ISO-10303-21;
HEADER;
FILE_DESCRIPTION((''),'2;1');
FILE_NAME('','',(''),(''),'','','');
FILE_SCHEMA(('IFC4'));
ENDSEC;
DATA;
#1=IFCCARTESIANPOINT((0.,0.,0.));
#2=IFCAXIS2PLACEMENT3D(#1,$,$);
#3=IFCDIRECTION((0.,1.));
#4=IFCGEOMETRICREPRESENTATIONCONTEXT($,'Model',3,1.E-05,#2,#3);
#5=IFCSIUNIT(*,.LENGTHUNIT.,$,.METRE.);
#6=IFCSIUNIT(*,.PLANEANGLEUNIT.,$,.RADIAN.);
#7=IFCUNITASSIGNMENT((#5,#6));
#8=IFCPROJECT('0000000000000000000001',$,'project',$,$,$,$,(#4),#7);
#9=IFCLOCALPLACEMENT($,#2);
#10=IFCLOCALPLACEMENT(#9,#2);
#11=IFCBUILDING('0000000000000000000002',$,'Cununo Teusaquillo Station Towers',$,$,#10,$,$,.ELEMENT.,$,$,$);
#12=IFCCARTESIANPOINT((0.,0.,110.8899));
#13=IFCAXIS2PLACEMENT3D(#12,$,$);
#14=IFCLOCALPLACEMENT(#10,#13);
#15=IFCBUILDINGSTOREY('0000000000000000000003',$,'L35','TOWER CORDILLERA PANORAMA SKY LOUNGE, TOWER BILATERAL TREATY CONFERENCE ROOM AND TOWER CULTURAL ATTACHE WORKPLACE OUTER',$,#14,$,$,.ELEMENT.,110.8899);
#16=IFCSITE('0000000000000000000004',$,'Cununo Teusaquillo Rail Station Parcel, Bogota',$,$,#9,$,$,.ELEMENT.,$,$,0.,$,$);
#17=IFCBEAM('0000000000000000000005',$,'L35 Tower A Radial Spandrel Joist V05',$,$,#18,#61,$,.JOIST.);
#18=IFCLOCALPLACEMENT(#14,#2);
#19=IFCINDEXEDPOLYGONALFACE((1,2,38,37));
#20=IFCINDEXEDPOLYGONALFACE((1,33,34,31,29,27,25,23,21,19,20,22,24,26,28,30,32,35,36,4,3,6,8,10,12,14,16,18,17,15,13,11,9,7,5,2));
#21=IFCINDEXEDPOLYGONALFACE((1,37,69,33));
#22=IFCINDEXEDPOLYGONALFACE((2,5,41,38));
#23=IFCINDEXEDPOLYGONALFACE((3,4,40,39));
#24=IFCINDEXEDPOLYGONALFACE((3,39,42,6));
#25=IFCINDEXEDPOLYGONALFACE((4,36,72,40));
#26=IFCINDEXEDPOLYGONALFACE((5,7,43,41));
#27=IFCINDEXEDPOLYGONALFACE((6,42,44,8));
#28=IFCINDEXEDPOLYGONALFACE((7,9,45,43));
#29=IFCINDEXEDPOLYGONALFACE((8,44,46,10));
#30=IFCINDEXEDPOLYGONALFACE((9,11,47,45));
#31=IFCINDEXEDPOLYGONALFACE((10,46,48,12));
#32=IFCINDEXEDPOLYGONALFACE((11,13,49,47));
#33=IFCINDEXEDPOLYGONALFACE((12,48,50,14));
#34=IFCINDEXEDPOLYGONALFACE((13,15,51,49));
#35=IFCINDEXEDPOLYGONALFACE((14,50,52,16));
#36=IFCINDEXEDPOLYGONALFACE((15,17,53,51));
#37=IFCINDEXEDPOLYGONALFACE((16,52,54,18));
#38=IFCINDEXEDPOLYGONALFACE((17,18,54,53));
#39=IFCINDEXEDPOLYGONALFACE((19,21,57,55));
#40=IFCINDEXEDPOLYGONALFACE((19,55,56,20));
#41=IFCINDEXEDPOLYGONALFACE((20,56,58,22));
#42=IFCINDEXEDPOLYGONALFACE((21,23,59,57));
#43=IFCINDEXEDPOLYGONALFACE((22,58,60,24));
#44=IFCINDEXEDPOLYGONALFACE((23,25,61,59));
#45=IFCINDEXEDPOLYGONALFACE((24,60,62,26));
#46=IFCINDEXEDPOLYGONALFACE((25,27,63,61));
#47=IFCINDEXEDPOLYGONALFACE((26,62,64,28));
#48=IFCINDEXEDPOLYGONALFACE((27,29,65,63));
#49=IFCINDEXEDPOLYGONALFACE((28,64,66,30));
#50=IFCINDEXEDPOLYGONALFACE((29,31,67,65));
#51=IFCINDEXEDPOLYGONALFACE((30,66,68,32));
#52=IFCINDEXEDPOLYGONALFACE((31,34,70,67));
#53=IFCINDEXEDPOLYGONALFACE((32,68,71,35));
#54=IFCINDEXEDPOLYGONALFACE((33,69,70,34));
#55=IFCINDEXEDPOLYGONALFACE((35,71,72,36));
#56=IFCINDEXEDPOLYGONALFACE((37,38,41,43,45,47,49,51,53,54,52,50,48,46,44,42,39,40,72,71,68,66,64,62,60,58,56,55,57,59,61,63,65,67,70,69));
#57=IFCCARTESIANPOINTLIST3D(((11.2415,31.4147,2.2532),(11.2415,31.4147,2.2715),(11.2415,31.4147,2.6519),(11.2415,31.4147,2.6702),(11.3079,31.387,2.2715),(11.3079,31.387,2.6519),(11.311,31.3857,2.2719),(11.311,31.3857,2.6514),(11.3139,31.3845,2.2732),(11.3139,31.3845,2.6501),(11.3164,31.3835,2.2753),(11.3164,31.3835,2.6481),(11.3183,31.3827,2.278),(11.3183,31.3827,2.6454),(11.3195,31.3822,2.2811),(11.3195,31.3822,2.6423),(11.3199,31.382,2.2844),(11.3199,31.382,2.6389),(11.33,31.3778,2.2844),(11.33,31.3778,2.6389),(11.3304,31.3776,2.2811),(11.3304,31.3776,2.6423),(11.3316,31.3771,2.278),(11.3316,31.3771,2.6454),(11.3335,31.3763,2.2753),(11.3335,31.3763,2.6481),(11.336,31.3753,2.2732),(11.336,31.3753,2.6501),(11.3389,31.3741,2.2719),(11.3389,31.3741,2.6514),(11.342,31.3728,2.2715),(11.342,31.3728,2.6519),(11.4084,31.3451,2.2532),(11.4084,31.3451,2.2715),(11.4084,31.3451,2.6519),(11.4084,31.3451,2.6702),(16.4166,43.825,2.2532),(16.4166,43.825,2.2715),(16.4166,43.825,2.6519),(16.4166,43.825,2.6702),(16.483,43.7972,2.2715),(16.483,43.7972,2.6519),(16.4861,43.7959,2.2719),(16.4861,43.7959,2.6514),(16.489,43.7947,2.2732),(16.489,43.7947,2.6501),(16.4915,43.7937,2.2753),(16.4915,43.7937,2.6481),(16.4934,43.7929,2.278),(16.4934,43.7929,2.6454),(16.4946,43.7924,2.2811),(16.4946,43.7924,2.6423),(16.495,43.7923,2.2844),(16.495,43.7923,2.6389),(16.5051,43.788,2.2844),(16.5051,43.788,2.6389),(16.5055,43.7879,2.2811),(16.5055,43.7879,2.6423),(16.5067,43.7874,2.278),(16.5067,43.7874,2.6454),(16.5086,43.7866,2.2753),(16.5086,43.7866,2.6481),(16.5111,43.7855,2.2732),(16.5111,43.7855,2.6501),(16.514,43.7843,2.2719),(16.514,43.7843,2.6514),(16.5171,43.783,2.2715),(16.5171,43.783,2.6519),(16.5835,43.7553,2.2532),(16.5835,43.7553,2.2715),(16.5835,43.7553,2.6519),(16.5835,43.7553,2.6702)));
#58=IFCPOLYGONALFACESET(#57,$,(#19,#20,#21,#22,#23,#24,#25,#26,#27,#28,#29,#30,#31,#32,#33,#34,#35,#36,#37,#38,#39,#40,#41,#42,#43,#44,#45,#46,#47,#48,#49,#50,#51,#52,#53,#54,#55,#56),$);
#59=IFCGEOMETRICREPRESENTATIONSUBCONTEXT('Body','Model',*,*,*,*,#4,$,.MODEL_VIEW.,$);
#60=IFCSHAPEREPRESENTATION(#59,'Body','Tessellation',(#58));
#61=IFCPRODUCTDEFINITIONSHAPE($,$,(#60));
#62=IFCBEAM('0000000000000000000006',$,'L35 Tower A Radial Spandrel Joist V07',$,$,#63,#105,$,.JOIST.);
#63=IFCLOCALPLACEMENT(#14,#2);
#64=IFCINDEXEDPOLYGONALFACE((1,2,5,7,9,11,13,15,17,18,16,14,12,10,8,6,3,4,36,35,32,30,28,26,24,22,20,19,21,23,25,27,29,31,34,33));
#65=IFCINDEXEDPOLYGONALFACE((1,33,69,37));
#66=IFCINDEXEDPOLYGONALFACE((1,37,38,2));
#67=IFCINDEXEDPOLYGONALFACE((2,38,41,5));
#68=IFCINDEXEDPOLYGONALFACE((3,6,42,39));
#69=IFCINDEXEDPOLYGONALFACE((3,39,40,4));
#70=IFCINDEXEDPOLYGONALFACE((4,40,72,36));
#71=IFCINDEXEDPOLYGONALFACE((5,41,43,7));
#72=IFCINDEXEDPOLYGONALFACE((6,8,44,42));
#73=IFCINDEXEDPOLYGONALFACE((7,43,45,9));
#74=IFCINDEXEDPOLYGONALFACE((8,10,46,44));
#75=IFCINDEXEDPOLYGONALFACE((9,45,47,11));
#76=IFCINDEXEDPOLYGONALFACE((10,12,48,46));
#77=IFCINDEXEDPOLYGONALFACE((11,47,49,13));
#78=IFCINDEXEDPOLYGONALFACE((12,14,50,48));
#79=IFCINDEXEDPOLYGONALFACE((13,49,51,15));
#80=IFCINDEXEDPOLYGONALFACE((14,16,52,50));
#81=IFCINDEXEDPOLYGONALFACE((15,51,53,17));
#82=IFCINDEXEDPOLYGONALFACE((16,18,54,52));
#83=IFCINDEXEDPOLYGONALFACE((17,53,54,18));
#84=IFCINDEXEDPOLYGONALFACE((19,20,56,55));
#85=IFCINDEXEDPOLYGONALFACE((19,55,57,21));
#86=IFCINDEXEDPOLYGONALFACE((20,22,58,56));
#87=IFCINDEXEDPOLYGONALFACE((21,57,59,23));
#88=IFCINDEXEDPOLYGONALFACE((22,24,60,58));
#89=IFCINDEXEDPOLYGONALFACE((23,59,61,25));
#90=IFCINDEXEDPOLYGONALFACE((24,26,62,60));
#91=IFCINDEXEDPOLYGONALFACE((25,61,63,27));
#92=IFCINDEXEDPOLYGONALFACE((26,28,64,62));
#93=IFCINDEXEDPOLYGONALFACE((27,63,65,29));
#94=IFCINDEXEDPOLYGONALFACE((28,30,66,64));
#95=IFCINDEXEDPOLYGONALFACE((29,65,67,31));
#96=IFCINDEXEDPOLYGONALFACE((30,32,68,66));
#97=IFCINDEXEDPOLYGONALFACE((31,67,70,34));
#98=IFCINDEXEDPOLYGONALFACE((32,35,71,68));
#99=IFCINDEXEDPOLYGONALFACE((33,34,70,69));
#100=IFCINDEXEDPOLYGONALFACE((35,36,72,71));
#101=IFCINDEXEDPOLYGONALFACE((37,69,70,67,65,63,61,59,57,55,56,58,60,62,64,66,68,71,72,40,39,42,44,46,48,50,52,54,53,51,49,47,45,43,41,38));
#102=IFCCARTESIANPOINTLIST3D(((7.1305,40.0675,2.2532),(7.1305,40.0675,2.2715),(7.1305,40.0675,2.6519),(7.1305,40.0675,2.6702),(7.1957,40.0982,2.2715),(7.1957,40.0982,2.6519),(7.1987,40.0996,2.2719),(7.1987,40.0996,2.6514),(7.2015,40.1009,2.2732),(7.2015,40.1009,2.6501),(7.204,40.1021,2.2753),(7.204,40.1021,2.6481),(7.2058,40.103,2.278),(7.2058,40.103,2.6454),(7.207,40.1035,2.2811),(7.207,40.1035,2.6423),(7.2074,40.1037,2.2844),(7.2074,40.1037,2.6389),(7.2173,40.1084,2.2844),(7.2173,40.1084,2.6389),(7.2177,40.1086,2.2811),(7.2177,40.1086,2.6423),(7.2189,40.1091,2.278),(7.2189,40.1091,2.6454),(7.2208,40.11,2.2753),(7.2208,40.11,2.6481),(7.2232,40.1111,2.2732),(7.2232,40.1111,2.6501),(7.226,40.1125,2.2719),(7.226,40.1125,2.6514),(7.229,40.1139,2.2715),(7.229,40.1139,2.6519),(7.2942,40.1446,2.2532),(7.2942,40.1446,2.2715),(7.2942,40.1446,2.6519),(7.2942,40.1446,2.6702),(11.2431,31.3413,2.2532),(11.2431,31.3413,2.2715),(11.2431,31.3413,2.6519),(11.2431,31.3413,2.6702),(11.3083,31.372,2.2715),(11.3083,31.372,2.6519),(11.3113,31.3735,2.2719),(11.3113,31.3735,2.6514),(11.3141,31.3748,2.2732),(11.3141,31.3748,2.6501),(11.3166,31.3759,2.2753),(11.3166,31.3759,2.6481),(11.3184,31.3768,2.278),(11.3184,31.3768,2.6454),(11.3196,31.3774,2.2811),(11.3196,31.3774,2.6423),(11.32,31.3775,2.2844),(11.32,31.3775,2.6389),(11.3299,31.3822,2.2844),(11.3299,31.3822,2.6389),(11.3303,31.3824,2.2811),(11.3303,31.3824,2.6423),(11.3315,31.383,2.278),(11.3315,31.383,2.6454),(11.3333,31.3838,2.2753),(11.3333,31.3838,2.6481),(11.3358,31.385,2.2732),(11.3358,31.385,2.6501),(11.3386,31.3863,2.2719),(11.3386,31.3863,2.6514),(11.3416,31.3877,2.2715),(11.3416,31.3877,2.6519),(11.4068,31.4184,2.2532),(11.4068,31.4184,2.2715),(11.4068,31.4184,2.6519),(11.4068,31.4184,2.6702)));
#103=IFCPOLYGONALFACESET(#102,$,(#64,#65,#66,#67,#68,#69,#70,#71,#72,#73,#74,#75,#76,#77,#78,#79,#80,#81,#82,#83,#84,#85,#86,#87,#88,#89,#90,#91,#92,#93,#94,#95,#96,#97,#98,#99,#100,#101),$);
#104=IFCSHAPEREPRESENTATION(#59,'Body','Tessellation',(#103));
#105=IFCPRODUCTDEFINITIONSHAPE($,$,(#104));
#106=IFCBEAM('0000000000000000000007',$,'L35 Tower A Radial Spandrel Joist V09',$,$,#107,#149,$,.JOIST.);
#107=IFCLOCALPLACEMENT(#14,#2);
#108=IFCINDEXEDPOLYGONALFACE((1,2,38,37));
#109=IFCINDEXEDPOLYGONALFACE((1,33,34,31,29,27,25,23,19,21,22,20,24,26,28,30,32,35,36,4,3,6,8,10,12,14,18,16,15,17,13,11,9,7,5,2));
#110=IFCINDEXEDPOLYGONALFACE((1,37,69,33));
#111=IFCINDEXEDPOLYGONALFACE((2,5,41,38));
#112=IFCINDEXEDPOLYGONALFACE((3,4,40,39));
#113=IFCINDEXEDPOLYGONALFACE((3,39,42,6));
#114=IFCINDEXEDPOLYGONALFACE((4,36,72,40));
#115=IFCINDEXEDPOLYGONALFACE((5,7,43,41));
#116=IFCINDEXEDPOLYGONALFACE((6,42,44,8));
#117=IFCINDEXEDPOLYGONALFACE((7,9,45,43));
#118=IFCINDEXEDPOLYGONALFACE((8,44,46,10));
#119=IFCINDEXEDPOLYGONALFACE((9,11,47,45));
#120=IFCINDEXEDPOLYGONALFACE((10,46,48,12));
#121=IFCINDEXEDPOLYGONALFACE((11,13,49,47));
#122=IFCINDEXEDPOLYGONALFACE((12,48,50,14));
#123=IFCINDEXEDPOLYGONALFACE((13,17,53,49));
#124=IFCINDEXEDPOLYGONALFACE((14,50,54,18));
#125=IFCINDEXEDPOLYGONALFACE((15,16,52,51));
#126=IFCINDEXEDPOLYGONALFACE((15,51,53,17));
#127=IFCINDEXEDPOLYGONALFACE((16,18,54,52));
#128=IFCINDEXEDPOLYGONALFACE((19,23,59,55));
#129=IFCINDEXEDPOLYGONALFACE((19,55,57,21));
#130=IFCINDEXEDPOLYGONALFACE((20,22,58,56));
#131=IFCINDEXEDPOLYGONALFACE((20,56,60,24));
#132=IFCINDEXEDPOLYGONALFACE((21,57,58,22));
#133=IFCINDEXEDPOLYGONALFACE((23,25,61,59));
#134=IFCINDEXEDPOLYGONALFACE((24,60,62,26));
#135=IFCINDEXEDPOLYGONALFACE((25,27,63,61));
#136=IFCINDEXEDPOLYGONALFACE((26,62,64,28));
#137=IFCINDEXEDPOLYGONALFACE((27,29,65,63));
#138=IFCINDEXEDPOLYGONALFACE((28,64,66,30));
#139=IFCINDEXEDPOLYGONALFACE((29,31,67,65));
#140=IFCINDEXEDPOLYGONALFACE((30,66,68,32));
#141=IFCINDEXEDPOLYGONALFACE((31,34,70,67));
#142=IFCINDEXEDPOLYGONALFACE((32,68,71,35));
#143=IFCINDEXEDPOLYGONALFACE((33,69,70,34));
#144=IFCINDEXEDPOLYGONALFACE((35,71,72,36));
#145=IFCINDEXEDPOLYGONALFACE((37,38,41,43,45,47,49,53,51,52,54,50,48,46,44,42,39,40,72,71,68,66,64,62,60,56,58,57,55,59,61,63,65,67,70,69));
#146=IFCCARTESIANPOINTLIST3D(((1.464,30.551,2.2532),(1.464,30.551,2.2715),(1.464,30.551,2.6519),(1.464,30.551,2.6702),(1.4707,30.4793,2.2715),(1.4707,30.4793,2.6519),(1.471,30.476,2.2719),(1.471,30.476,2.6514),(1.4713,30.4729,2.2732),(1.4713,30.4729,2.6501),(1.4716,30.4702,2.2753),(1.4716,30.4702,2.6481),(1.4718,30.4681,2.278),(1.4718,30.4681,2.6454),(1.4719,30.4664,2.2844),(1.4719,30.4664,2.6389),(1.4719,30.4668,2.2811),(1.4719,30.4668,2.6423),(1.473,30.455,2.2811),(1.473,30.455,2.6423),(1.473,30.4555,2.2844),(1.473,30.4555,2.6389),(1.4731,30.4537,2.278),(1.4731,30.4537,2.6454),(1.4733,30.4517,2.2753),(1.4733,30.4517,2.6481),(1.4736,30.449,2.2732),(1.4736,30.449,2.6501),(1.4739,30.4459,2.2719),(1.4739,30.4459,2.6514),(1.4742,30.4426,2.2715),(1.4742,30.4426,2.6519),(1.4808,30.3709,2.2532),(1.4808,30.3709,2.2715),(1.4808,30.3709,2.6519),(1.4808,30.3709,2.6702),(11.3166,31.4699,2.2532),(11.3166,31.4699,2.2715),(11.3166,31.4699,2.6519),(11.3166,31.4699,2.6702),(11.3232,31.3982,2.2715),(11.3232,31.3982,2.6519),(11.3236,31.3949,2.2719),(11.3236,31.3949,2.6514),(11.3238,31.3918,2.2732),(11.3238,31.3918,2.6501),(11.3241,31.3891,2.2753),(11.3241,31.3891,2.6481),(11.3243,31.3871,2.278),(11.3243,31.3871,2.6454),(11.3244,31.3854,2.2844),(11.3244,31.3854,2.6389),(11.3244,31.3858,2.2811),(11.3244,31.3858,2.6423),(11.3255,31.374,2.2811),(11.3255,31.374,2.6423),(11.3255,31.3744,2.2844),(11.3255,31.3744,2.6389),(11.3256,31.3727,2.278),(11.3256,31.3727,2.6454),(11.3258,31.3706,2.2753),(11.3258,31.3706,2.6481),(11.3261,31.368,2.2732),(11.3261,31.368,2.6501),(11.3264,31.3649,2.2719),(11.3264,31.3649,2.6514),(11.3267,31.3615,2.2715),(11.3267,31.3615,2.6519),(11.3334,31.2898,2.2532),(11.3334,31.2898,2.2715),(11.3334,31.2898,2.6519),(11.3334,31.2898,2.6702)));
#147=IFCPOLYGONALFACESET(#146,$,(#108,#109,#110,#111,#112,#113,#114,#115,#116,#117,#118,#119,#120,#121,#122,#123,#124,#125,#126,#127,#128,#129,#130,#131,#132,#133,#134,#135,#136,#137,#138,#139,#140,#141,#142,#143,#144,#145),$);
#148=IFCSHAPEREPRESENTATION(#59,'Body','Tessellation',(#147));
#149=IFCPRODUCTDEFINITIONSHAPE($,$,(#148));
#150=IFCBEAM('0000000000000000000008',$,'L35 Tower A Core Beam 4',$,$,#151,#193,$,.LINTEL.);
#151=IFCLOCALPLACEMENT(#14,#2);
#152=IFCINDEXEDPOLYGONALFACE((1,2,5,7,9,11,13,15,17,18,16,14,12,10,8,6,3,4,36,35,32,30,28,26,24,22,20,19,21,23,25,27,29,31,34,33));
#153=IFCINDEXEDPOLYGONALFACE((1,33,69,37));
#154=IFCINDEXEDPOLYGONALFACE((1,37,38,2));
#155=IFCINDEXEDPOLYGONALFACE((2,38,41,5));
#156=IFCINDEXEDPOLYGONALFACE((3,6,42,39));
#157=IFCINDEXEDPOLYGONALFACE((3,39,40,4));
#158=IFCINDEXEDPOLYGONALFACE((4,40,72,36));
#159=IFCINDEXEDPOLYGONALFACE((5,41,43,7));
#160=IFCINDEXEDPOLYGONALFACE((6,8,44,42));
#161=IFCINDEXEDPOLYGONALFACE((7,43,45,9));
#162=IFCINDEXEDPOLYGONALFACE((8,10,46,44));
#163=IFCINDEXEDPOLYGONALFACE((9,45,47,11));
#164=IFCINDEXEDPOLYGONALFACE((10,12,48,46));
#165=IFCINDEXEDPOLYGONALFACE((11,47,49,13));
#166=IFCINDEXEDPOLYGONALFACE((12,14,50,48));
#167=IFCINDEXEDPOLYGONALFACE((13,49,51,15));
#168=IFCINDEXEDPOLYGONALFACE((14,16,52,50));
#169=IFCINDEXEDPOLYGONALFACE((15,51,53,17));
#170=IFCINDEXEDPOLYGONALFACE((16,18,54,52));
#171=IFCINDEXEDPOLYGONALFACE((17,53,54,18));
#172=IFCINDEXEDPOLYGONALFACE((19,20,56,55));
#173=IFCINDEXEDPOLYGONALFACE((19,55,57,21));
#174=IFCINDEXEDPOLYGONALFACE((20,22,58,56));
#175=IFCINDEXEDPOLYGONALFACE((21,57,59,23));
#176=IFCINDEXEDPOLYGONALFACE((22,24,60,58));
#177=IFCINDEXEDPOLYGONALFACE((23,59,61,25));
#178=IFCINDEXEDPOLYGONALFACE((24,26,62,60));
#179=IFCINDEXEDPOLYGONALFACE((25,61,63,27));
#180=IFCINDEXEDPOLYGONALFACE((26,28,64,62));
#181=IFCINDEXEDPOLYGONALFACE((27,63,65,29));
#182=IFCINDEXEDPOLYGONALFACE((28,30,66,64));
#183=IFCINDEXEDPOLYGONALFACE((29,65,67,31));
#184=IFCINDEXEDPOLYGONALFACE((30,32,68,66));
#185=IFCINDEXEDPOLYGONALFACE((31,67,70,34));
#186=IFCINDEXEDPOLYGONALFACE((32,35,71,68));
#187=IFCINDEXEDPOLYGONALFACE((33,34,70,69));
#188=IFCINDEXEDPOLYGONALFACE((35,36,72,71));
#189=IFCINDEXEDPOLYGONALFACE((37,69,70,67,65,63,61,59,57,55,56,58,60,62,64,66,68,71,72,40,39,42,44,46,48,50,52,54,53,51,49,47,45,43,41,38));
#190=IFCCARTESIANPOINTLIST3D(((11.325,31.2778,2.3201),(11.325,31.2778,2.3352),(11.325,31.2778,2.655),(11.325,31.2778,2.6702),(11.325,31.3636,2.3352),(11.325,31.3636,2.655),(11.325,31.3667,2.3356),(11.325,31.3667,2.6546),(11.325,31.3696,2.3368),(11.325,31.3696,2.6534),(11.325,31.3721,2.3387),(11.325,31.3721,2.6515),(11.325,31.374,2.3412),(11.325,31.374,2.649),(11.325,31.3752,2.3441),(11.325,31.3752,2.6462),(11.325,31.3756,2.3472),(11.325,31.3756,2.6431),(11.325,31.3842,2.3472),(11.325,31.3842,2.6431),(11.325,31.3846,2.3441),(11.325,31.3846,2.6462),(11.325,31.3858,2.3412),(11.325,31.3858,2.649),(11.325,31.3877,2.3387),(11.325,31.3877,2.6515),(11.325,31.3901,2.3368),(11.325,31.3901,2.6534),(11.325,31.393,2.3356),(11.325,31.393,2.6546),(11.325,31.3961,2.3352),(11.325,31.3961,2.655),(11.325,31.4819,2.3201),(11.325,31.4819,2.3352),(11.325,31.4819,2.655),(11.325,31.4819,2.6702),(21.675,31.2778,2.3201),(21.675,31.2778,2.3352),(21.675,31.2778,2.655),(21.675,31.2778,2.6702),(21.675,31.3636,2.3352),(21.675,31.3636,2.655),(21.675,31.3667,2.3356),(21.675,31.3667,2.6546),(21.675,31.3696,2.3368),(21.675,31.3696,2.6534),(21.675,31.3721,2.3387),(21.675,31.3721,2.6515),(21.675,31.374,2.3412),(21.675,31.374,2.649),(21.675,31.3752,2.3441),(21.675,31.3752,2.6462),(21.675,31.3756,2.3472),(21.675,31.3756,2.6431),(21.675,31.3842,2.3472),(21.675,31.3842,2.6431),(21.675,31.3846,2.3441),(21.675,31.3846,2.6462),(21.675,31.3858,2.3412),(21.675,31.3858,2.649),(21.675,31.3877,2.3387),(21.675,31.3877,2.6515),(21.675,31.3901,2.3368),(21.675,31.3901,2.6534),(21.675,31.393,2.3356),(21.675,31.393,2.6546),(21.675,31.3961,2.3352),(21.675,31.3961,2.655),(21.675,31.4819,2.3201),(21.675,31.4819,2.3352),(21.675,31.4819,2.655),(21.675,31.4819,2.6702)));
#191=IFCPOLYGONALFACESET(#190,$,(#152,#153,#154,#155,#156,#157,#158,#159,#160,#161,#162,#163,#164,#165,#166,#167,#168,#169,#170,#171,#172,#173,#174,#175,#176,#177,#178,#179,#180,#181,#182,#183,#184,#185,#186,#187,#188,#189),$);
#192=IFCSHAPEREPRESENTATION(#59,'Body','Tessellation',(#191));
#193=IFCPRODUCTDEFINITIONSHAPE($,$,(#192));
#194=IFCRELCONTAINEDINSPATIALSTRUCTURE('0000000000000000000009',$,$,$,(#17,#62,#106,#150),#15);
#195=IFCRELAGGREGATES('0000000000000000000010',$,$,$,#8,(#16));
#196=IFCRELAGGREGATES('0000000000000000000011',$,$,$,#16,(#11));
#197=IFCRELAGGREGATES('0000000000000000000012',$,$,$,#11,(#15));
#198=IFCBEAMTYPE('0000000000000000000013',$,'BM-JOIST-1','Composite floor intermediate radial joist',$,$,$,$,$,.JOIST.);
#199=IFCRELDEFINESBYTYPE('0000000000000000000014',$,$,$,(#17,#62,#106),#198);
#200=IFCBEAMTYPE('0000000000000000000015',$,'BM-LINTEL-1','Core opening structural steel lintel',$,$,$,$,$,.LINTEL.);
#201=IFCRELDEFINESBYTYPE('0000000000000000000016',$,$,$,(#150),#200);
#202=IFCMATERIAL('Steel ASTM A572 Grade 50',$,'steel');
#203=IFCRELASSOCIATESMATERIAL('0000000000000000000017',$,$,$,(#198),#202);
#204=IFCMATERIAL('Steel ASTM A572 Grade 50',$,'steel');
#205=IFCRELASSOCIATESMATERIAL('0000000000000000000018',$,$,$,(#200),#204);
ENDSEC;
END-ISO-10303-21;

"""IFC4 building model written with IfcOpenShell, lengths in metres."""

from ifc_helpers import new_model, si_unit, direction, frame, origin, origin_2d, place, context, subcontext, project, spatial, i_section, extrude, material, material_profile, profile_set, type_object, element, save


model = new_model("IFC4")

# Units and contexts
model_context = context("Model", 3, precision=1e-05, world=origin(), true_north=direction((0.0, 1.0)))
body_context = subcontext(model_context, "Body", "Model", "MODEL_VIEW")
ifc_project = project(units=[si_unit("LENGTHUNIT", "METRE"), si_unit("PLANEANGLEUNIT", "RADIAN")], contexts=[model_context])

# Site, building, storey
site_placement = place(None, origin())
site = spatial("IfcSite", under=ifc_project, at=site_placement, Name="Cununo Teusaquillo Rail Station Parcel, Bogota", CompositionType="ELEMENT", RefElevation=0.0)
building_placement = place(site_placement, origin())
building = spatial("IfcBuilding", under=site, at=building_placement, Name="Cununo Teusaquillo Station Towers", CompositionType="ELEMENT")
storey_placement = place(building_placement, frame((0.0, 0.0, 110.8899)))
storey = spatial("IfcBuildingStorey", under=building, at=storey_placement, Name="L35", Description="TOWER CORDILLERA PANORAMA SKY LOUNGE, TOWER BILATERAL TREATY CONFERENCE ROOM AND TOWER CULTURAL ATTACHE WORKPLACE OUTER", CompositionType="ELEMENT", Elevation=110.8899)

# Beams
ifc_material_1 = material(Name="Steel ASTM A572 Grade 50", Category="steel")
ifc_material_profile_1 = material_profile(ifc_material_1, i_section(OverallWidth=0.1809, OverallDepth=0.417, WebThickness=0.011, FlangeThickness=0.0183, FilletRadius=0.0129, at=origin_2d()), Name="W16X57")
ifc_profile_set_1 = profile_set([ifc_material_profile_1], Name="Steel ASTM A572 Grade 50")
beam_type_1 = type_object("IfcBeamType", Name="BM-JOIST-1", Description="Composite floor intermediate radial joist", PredefinedType="JOIST", material=ifc_profile_set_1)
beam_1_placement = place(storey_placement, frame((11.325, 31.3799, 2.4617), z_axis=(0.384878, 0.922967, 0.0), x_axis=(-0.922967, 0.384878, 0.0)))
element("IfcBeam", 1, at=beam_1_placement, inside=storey, type_object=beam_type_1, Name="L35 Tower A Radial Spandrel Joist V05", PredefinedType="JOIST", context=body_context, shape_type="SweptSolid", body=[
    extrude(i_section(OverallWidth=0.1809, OverallDepth=0.417, WebThickness=0.011, FlangeThickness=0.0183, FilletRadius=0.0129, at=origin_2d()), origin(), (0.0, 0.0, 1.0), 13.446),
])
beam_2_placement = place(storey_placement, frame((11.325, 31.3799, 2.4617), z_axis=(-0.42632, 0.904572, 0.0), x_axis=(-0.904572, -0.42632, 0.0)))
element("IfcBeam", 2, at=beam_2_placement, inside=storey, type_object=beam_type_1, Name="L35 Tower A Radial Spandrel Joist V07", PredefinedType="JOIST", context=body_context, shape_type="SweptSolid", body=[
    extrude(i_section(OverallWidth=0.1809, OverallDepth=0.417, WebThickness=0.011, FlangeThickness=0.0183, FilletRadius=0.0129, at=origin_2d()), origin(), (0.0, 0.0, 1.0), 9.6467),
])
beam_3_placement = place(storey_placement, frame((11.325, 31.3799, 2.4617), z_axis=(-0.995679, -0.092867, 0.0), x_axis=(0.092867, -0.995679, 0.0)))
element("IfcBeam", 3, at=beam_3_placement, inside=storey, type_object=beam_type_1, Name="L35 Tower A Radial Spandrel Joist V09", PredefinedType="JOIST", context=body_context, shape_type="SweptSolid", body=[
    extrude(i_section(OverallWidth=0.1809, OverallDepth=0.417, WebThickness=0.011, FlangeThickness=0.0183, FilletRadius=0.0129, at=origin_2d()), origin(), (0.0, 0.0, 1.0), 9.8953),
])
ifc_material_2 = material(Name="Steel ASTM A572 Grade 50", Category="steel")
ifc_material_profile_2 = material_profile(ifc_material_2, i_section(OverallWidth=0.2041, OverallDepth=0.3501, WebThickness=0.0085, FlangeThickness=0.0151, FilletRadius=0.012, at=origin_2d()), Name="W14X48")
ifc_profile_set_2 = profile_set([ifc_material_profile_2], Name="Steel ASTM A572 Grade 50")
beam_type_2 = type_object("IfcBeamType", Name="BM-LINTEL-1", Description="Core opening structural steel lintel", PredefinedType="LINTEL", material=ifc_profile_set_2)
beam_4_placement = place(storey_placement, frame((11.325, 31.3799, 2.4951), z_axis=(1.0, 0.0, 0.0), x_axis=(0.0, 1.0, 0.0)))
element("IfcBeam", 4, at=beam_4_placement, inside=storey, type_object=beam_type_2, Name="L35 Tower A Core Beam 4", PredefinedType="LINTEL", context=body_context, shape_type="SweptSolid", body=[
    extrude(i_section(OverallWidth=0.2041, OverallDepth=0.3501, WebThickness=0.0085, FlangeThickness=0.0151, FilletRadius=0.012, at=origin_2d()), origin(), (0.0, 0.0, 1.0), 10.3501),
])

save(model, "model.ifc")
